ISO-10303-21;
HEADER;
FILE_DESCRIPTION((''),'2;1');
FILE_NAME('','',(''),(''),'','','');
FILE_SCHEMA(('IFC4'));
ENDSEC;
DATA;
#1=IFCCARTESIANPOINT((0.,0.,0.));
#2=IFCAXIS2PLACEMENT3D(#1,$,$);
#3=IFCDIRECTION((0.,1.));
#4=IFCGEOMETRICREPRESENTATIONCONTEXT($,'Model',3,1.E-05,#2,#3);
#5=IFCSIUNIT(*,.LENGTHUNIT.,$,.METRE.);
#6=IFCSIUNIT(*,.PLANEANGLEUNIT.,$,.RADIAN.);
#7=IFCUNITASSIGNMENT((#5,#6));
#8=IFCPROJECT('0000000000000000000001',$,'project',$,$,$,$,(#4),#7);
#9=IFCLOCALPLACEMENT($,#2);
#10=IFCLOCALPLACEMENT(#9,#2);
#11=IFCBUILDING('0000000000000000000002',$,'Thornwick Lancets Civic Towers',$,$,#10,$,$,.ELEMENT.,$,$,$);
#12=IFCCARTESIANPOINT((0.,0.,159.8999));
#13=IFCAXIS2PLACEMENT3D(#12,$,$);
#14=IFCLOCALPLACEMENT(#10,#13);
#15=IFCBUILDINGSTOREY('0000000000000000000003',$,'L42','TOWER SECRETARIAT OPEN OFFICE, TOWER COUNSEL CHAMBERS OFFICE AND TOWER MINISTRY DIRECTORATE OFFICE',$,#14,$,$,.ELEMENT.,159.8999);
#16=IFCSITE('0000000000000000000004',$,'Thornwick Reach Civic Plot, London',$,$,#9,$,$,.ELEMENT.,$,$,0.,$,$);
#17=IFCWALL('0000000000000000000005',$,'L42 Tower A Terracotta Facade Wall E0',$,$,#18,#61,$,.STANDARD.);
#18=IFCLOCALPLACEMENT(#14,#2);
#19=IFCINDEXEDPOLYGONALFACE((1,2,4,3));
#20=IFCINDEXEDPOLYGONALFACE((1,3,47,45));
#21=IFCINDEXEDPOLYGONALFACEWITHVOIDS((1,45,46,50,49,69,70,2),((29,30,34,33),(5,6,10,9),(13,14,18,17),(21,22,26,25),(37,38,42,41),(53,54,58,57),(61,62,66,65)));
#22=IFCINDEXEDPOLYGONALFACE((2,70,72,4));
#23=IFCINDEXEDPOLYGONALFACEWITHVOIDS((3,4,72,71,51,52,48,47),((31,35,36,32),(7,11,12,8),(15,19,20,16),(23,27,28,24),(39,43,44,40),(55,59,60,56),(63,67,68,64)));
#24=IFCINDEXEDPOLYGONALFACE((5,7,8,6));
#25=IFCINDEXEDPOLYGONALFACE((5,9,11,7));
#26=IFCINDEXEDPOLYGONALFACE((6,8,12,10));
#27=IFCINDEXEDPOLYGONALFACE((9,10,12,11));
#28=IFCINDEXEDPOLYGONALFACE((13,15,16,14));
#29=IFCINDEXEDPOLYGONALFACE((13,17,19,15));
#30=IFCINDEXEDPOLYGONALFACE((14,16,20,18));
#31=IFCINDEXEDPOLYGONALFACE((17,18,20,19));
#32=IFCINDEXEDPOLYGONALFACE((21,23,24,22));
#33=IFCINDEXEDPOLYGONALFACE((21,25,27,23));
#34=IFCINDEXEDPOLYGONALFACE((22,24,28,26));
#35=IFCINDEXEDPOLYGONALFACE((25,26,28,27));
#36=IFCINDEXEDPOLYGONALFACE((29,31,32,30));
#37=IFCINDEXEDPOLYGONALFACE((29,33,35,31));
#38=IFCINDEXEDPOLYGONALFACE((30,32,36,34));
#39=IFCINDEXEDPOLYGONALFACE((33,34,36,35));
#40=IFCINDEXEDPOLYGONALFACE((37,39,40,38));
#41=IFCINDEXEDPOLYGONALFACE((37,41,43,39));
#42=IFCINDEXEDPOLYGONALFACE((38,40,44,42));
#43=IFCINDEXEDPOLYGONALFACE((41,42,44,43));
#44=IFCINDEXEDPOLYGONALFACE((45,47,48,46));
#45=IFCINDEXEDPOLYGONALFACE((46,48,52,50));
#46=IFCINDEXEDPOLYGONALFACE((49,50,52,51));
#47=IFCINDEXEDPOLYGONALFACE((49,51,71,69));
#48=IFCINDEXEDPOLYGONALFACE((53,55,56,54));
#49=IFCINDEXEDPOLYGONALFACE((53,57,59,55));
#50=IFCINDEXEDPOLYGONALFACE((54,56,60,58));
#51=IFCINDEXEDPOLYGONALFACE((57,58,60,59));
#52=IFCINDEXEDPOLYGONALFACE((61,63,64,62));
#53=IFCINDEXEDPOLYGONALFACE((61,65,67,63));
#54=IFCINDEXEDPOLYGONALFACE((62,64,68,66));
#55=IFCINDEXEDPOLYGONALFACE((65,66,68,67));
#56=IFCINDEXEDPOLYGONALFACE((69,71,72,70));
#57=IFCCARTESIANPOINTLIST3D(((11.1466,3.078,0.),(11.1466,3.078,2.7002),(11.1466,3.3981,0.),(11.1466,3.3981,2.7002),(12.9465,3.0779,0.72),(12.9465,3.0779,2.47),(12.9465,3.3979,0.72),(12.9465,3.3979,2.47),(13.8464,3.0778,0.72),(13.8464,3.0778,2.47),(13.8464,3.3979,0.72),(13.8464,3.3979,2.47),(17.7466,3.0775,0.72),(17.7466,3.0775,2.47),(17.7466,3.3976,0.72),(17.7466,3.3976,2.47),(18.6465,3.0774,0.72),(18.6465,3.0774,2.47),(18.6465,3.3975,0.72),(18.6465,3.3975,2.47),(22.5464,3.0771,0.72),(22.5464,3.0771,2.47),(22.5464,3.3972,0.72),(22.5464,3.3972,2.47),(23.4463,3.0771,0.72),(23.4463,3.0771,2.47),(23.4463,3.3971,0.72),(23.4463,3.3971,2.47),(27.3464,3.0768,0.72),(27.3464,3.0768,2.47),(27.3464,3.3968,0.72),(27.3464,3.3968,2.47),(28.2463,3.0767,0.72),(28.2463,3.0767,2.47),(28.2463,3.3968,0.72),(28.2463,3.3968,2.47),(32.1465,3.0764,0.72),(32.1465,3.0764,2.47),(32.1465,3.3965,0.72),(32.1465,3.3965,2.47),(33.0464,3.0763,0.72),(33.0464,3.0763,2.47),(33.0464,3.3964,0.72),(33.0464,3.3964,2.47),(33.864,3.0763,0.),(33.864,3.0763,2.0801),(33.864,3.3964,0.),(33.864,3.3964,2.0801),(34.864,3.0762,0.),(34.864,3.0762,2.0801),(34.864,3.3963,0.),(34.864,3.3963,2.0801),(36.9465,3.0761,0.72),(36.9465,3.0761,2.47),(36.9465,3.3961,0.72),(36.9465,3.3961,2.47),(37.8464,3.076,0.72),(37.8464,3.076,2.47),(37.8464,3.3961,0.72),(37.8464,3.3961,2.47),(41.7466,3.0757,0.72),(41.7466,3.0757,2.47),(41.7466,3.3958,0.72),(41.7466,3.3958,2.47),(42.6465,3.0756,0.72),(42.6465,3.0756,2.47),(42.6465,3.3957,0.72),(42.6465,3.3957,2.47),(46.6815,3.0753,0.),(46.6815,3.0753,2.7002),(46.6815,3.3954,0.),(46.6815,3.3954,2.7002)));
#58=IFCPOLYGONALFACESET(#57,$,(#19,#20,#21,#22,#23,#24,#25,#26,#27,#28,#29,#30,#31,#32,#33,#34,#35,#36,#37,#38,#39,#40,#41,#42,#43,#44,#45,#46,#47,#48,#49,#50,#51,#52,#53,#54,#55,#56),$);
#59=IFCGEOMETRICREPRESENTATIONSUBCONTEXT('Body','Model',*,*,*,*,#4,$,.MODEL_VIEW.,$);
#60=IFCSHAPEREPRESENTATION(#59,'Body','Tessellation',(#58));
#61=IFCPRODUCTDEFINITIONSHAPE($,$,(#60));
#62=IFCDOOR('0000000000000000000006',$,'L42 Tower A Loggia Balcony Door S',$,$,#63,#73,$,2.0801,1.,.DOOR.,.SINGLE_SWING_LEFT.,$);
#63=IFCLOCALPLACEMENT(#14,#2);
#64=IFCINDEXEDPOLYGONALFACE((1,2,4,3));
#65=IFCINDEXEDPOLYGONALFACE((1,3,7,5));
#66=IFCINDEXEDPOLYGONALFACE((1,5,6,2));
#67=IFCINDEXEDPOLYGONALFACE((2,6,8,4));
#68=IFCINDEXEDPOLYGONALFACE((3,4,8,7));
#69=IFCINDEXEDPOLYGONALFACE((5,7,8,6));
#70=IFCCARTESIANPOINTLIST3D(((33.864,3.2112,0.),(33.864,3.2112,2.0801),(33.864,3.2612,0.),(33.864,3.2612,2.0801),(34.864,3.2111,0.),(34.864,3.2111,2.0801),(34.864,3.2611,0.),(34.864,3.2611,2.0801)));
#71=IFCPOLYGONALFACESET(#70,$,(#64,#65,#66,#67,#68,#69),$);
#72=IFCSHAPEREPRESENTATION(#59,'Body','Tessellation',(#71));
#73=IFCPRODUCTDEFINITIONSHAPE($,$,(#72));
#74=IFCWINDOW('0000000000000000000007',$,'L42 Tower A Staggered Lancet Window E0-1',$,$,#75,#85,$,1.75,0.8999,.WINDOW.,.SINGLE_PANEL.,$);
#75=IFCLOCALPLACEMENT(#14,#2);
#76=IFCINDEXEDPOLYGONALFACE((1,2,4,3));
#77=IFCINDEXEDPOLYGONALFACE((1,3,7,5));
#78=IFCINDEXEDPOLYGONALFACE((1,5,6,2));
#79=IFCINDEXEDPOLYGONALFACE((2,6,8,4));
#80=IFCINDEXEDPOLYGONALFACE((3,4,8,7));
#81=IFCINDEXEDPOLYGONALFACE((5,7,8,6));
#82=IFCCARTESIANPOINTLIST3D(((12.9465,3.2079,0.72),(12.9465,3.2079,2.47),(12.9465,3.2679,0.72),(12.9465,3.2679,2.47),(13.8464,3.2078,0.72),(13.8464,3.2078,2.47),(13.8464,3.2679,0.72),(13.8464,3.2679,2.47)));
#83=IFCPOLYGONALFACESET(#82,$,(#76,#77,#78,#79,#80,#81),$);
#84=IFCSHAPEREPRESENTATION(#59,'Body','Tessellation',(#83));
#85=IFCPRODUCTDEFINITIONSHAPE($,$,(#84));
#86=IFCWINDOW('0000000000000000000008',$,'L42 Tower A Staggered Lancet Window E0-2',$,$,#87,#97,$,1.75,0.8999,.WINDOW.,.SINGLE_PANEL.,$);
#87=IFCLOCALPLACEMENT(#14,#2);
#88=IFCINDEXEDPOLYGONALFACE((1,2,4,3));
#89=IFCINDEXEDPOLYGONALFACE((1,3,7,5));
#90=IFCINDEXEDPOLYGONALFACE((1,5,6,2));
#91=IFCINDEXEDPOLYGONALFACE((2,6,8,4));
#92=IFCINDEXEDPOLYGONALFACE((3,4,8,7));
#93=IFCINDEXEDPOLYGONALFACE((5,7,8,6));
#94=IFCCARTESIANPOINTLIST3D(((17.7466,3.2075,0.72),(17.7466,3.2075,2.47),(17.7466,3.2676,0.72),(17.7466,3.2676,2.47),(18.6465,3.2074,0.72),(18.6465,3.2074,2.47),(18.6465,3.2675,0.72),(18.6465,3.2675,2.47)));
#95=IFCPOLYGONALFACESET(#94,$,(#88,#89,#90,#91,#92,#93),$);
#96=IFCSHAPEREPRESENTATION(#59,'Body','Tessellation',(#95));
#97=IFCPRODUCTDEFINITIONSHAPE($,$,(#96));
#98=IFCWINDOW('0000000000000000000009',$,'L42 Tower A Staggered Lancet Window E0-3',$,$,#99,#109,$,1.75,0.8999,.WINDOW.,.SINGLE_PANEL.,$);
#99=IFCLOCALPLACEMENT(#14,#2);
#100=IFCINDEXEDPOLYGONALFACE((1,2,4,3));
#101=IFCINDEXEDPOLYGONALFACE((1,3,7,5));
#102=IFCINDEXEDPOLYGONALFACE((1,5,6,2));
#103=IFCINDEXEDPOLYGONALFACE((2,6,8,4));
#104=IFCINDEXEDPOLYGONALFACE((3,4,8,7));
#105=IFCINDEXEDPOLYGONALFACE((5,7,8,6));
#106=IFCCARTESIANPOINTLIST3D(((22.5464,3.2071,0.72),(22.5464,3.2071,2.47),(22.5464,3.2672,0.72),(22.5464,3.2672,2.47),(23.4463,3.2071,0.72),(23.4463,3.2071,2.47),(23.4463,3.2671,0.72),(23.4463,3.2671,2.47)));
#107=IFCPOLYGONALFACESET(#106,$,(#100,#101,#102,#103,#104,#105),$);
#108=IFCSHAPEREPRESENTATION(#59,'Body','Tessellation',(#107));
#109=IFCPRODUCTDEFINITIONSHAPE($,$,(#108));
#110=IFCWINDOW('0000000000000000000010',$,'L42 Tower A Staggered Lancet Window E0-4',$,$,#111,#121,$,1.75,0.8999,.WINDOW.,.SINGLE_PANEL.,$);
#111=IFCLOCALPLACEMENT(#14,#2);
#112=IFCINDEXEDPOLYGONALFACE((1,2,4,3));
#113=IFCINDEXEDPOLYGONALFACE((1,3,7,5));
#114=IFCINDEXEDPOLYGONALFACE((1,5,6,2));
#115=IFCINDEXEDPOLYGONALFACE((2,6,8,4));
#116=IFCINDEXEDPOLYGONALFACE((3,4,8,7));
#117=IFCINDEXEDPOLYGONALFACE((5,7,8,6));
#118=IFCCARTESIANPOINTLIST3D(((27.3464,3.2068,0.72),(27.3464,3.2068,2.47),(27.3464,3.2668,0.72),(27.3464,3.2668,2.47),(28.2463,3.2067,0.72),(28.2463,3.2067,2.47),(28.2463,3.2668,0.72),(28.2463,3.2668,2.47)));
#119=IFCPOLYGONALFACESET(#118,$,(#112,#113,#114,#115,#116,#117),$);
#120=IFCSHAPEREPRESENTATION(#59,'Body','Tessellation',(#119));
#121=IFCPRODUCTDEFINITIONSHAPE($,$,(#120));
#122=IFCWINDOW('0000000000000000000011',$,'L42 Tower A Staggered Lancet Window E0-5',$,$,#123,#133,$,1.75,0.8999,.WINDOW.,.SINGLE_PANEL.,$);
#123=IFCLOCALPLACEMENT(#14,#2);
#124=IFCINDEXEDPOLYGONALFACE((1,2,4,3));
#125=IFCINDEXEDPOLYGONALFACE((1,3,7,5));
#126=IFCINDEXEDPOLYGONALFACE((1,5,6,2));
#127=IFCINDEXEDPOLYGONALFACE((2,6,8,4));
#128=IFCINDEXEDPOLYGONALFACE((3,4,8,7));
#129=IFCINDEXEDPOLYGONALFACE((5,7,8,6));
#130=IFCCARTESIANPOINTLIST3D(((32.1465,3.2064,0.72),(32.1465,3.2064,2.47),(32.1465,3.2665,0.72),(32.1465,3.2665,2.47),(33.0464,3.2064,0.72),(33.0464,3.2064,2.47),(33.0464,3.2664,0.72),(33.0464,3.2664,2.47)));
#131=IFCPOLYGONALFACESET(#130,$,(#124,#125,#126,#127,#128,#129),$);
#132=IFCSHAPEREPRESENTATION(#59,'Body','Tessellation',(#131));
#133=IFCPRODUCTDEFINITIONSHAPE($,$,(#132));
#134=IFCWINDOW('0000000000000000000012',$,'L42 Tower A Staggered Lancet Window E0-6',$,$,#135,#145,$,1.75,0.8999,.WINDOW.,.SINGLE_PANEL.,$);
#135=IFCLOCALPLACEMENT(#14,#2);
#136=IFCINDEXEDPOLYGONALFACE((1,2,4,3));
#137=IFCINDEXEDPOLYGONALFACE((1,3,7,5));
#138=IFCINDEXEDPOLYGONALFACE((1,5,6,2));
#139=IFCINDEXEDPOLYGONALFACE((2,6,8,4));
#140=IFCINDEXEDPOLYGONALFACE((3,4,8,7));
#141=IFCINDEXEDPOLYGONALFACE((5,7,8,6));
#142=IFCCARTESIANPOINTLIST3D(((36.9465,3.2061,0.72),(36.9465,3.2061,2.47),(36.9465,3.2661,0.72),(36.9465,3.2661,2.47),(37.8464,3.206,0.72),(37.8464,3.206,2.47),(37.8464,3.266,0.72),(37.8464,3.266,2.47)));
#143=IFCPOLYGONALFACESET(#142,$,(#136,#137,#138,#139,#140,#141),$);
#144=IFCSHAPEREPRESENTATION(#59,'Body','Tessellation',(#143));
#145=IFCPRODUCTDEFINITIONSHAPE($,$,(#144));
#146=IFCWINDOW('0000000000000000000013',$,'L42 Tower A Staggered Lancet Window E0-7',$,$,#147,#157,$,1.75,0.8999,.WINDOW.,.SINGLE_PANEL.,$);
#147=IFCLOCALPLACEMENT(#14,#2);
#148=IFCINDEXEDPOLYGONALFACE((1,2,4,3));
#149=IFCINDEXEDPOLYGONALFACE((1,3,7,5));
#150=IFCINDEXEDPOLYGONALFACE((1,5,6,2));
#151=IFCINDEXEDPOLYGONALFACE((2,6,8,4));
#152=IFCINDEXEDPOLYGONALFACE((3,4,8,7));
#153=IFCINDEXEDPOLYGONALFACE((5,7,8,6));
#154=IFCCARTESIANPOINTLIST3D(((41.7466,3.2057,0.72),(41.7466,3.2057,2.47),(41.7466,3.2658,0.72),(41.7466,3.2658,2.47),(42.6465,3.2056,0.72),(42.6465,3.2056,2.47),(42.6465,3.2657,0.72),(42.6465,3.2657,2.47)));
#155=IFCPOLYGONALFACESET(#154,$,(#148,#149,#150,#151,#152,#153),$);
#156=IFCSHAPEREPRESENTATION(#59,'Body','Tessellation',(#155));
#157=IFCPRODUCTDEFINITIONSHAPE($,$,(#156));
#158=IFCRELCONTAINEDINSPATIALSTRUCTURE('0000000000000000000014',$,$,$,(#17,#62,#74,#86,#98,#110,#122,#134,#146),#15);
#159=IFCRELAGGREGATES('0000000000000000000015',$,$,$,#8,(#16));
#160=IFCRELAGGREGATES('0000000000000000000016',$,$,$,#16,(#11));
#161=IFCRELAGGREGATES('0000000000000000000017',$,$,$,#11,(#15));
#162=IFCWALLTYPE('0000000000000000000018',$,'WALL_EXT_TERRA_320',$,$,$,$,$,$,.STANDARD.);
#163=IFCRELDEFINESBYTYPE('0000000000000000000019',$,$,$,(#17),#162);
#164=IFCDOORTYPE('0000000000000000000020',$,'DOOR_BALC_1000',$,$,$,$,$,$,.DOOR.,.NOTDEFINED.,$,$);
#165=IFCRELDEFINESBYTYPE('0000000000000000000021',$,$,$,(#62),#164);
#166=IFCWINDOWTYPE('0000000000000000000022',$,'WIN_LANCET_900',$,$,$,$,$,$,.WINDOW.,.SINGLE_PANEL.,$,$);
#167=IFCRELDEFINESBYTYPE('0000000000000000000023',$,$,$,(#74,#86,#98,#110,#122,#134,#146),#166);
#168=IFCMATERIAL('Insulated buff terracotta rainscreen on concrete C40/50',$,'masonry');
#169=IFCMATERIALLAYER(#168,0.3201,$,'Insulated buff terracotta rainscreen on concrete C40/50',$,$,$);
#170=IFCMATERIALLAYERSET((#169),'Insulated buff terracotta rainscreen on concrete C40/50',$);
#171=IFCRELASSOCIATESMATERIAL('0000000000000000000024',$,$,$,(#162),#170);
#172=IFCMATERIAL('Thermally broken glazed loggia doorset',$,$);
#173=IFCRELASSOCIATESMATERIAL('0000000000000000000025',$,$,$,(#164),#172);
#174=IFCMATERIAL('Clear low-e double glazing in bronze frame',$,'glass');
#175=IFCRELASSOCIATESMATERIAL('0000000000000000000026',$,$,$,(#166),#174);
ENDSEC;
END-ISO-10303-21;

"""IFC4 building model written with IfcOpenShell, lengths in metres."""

from ifc_helpers import new_model, si_unit, direction, frame, frame_2d, origin, place, context, subcontext, project, spatial, rectangle, extrude, material, layer, layer_set, type_object, element, fill, save


model = new_model("IFC4")

# Units and contexts
model_context = context("Model", 3, precision=1e-05, world=origin(), true_north=direction((0.0, 1.0)))
body_context = subcontext(model_context, "Body", "Model", "MODEL_VIEW")
ifc_project = project(units=[si_unit("LENGTHUNIT", "METRE"), si_unit("PLANEANGLEUNIT", "RADIAN")], contexts=[model_context])

# Site, building, storey
site_placement = place(None, origin())
site = spatial("IfcSite", under=ifc_project, at=site_placement, Name="Thornwick Reach Civic Plot, London", CompositionType="ELEMENT", RefElevation=0.0)
building_placement = place(site_placement, origin())
building = spatial("IfcBuilding", under=site, at=building_placement, Name="Thornwick Lancets Civic Towers", CompositionType="ELEMENT")
storey_placement = place(building_placement, frame((0.0, 0.0, 159.8999)))
storey = spatial("IfcBuildingStorey", under=building, at=storey_placement, Name="L42", Description="TOWER SECRETARIAT OPEN OFFICE, TOWER COUNSEL CHAMBERS OFFICE AND TOWER MINISTRY DIRECTORATE OFFICE", CompositionType="ELEMENT", Elevation=159.8999)

# Wall, openings, door, windows
ifc_material_1 = material(Name="Insulated buff terracotta rainscreen on concrete C40/50", Category="masonry")
ifc_layer_1 = layer(ifc_material_1, 0.3201, Name="Insulated buff terracotta rainscreen on concrete C40/50")
ifc_layer_set_1 = layer_set([ifc_layer_1], Name="Insulated buff terracotta rainscreen on concrete C40/50")
wall_type_1 = type_object("IfcWallType", Name="WALL_EXT_TERRA_320", PredefinedType="STANDARD", material=ifc_layer_set_1)
wall_1_placement = place(storey_placement, frame((11.1465, 3.238, 0.0), z_axis=(0.0, 0.0, 1.0), x_axis=(1.0, -0.000076, 0.0)))
wall_1 = element("IfcWall", 1, at=wall_1_placement, inside=storey, type_object=wall_type_1, Name="L42 Tower A Terracotta Facade Wall E0", PredefinedType="STANDARD", context=body_context, shape_type="SweptSolid", body=[
    extrude(rectangle(XDim=35.5349, YDim=0.3201, at=frame_2d((17.7676, 0.0))), origin(), (0.0, 0.0, 1.0), 2.7002),
])
opening_1_placement = place(wall_1_placement, frame((22.7175, 0.0, 0.0)))
opening_1 = element("IfcOpeningElement", 2, at=opening_1_placement, cuts=wall_1, PredefinedType="OPENING", context=body_context, shape_type="SweptSolid", body=[
    extrude(rectangle(XDim=1.0, YDim=2.0801, at=frame_2d((0.5, 1.04))), frame((0.0, 0.1699, 0.0), z_axis=(0.0, -1.0, 0.0), x_axis=(1.0, 0.0, 0.0)), (0.0, 0.0, 1.0), 0.3401),
])
opening_2_placement = place(wall_1_placement, frame((1.8, 0.0, 0.72)))
opening_2 = element("IfcOpeningElement", 3, at=opening_2_placement, cuts=wall_1, PredefinedType="OPENING", context=body_context, shape_type="SweptSolid", body=[
    extrude(rectangle(XDim=0.8999, YDim=1.75, at=frame_2d((0.45, 0.875))), frame((0.0, 0.1699, 0.0), z_axis=(0.0, -1.0, 0.0), x_axis=(1.0, 0.0, 0.0)), (0.0, 0.0, 1.0), 0.3401),
])
opening_3_placement = place(wall_1_placement, frame((6.6001, 0.0, 0.72)))
opening_3 = element("IfcOpeningElement", 4, at=opening_3_placement, cuts=wall_1, PredefinedType="OPENING", context=body_context, shape_type="SweptSolid", body=[
    extrude(rectangle(XDim=0.8999, YDim=1.75, at=frame_2d((0.45, 0.875))), frame((0.0, 0.1699, 0.0), z_axis=(0.0, -1.0, 0.0), x_axis=(1.0, 0.0, 0.0)), (0.0, 0.0, 1.0), 0.3401),
])
opening_4_placement = place(wall_1_placement, frame((11.3999, 0.0, 0.72)))
opening_4 = element("IfcOpeningElement", 5, at=opening_4_placement, cuts=wall_1, PredefinedType="OPENING", context=body_context, shape_type="SweptSolid", body=[
    extrude(rectangle(XDim=0.8999, YDim=1.75, at=frame_2d((0.45, 0.875))), frame((0.0, 0.1699, 0.0), z_axis=(0.0, -1.0, 0.0), x_axis=(1.0, 0.0, 0.0)), (0.0, 0.0, 1.0), 0.3401),
])
opening_5_placement = place(wall_1_placement, frame((16.2, 0.0, 0.72)))
opening_5 = element("IfcOpeningElement", 6, at=opening_5_placement, cuts=wall_1, PredefinedType="OPENING", context=body_context, shape_type="SweptSolid", body=[
    extrude(rectangle(XDim=0.8999, YDim=1.75, at=frame_2d((0.45, 0.875))), frame((0.0, 0.1699, 0.0), z_axis=(0.0, -1.0, 0.0), x_axis=(1.0, 0.0, 0.0)), (0.0, 0.0, 1.0), 0.3401),
])
opening_6_placement = place(wall_1_placement, frame((21.0, 0.0, 0.72)))
opening_6 = element("IfcOpeningElement", 7, at=opening_6_placement, cuts=wall_1, PredefinedType="OPENING", context=body_context, shape_type="SweptSolid", body=[
    extrude(rectangle(XDim=0.8999, YDim=1.75, at=frame_2d((0.45, 0.875))), frame((0.0, 0.1699, 0.0), z_axis=(0.0, -1.0, 0.0), x_axis=(1.0, 0.0, 0.0)), (0.0, 0.0, 1.0), 0.3401),
])
opening_7_placement = place(wall_1_placement, frame((25.8, 0.0, 0.72)))
opening_7 = element("IfcOpeningElement", 8, at=opening_7_placement, cuts=wall_1, PredefinedType="OPENING", context=body_context, shape_type="SweptSolid", body=[
    extrude(rectangle(XDim=0.8999, YDim=1.75, at=frame_2d((0.45, 0.875))), frame((0.0, 0.1699, 0.0), z_axis=(0.0, -1.0, 0.0), x_axis=(1.0, 0.0, 0.0)), (0.0, 0.0, 1.0), 0.3401),
])
opening_8_placement = place(wall_1_placement, frame((30.6001, 0.0, 0.72)))
opening_8 = element("IfcOpeningElement", 9, at=opening_8_placement, cuts=wall_1, PredefinedType="OPENING", context=body_context, shape_type="SweptSolid", body=[
    extrude(rectangle(XDim=0.8999, YDim=1.75, at=frame_2d((0.45, 0.875))), frame((0.0, 0.1699, 0.0), z_axis=(0.0, -1.0, 0.0), x_axis=(1.0, 0.0, 0.0)), (0.0, 0.0, 1.0), 0.3401),
])
ifc_material_2 = material(Name="Thermally broken glazed loggia doorset")
door_type = type_object("IfcDoorType", Name="DOOR_BALC_1000", OperationType="NOTDEFINED", PredefinedType="DOOR", material=ifc_material_2)
door_placement = place(opening_1_placement, origin())
door = element("IfcDoor", 10, at=door_placement, inside=storey, type_object=door_type, Name="L42 Tower A Loggia Balcony Door S", OperationType="SINGLE_SWING_LEFT", OverallHeight=2.0801, OverallWidth=1.0, PredefinedType="DOOR", context=body_context, shape_type="SweptSolid", body=[
    extrude(rectangle(XDim=1.0, YDim=2.0801, at=frame_2d((0.5, 1.04))), frame((0.0, 0.0249, 0.0), z_axis=(0.0, -1.0, 0.0), x_axis=(1.0, 0.0, 0.0)), (0.0, 0.0, 1.0), 0.05),
])
fill(opening_1, door)
ifc_material_3 = material(Name="Clear low-e double glazing in bronze frame", Category="glass")
window_type = type_object("IfcWindowType", Name="WIN_LANCET_900", PartitioningType="SINGLE_PANEL", PredefinedType="WINDOW", material=ifc_material_3)
window_1_placement = place(opening_2_placement, origin())
window_1 = element("IfcWindow", 11, at=window_1_placement, inside=storey, type_object=window_type, Name="L42 Tower A Staggered Lancet Window E0-1", OverallHeight=1.75, OverallWidth=0.8999, PartitioningType="SINGLE_PANEL", PredefinedType="WINDOW", context=body_context, shape_type="SweptSolid", body=[
    extrude(rectangle(XDim=0.8999, YDim=1.75, at=frame_2d((0.45, 0.875))), frame((0.0, 0.03, 0.0), z_axis=(0.0, -1.0, 0.0), x_axis=(1.0, 0.0, 0.0)), (0.0, 0.0, 1.0), 0.0601),
])
fill(opening_2, window_1)
window_2_placement = place(opening_3_placement, origin())
window_2 = element("IfcWindow", 12, at=window_2_placement, inside=storey, type_object=window_type, Name="L42 Tower A Staggered Lancet Window E0-2", OverallHeight=1.75, OverallWidth=0.8999, PartitioningType="SINGLE_PANEL", PredefinedType="WINDOW", context=body_context, shape_type="SweptSolid", body=[
    extrude(rectangle(XDim=0.8999, YDim=1.75, at=frame_2d((0.45, 0.875))), frame((0.0, 0.03, 0.0), z_axis=(0.0, -1.0, 0.0), x_axis=(1.0, 0.0, 0.0)), (0.0, 0.0, 1.0), 0.0601),
])
fill(opening_3, window_2)
window_3_placement = place(opening_4_placement, origin())
window_3 = element("IfcWindow", 13, at=window_3_placement, inside=storey, type_object=window_type, Name="L42 Tower A Staggered Lancet Window E0-3", OverallHeight=1.75, OverallWidth=0.8999, PartitioningType="SINGLE_PANEL", PredefinedType="WINDOW", context=body_context, shape_type="SweptSolid", body=[
    extrude(rectangle(XDim=0.8999, YDim=1.75, at=frame_2d((0.45, 0.875))), frame((0.0, 0.03, 0.0), z_axis=(0.0, -1.0, 0.0), x_axis=(1.0, 0.0, 0.0)), (0.0, 0.0, 1.0), 0.0601),
])
fill(opening_4, window_3)
window_4_placement = place(opening_5_placement, origin())
window_4 = element("IfcWindow", 14, at=window_4_placement, inside=storey, type_object=window_type, Name="L42 Tower A Staggered Lancet Window E0-4", OverallHeight=1.75, OverallWidth=0.8999, PartitioningType="SINGLE_PANEL", PredefinedType="WINDOW", context=body_context, shape_type="SweptSolid", body=[
    extrude(rectangle(XDim=0.8999, YDim=1.75, at=frame_2d((0.45, 0.875))), frame((0.0, 0.03, 0.0), z_axis=(0.0, -1.0, 0.0), x_axis=(1.0, 0.0, 0.0)), (0.0, 0.0, 1.0), 0.0601),
])
fill(opening_5, window_4)
window_5_placement = place(opening_6_placement, origin())
window_5 = element("IfcWindow", 15, at=window_5_placement, inside=storey, type_object=window_type, Name="L42 Tower A Staggered Lancet Window E0-5", OverallHeight=1.75, OverallWidth=0.8999, PartitioningType="SINGLE_PANEL", PredefinedType="WINDOW", context=body_context, shape_type="SweptSolid", body=[
    extrude(rectangle(XDim=0.8999, YDim=1.75, at=frame_2d((0.45, 0.875))), frame((0.0, 0.03, 0.0), z_axis=(0.0, -1.0, 0.0), x_axis=(1.0, 0.0, 0.0)), (0.0, 0.0, 1.0), 0.0601),
])
fill(opening_6, window_5)
window_6_placement = place(opening_7_placement, origin())
window_6 = element("IfcWindow", 16, at=window_6_placement, inside=storey, type_object=window_type, Name="L42 Tower A Staggered Lancet Window E0-6", OverallHeight=1.75, OverallWidth=0.8999, PartitioningType="SINGLE_PANEL", PredefinedType="WINDOW", context=body_context, shape_type="SweptSolid", body=[
    extrude(rectangle(XDim=0.8999, YDim=1.75, at=frame_2d((0.45, 0.875))), frame((0.0, 0.03, 0.0), z_axis=(0.0, -1.0, 0.0), x_axis=(1.0, 0.0, 0.0)), (0.0, 0.0, 1.0), 0.0601),
])
fill(opening_7, window_6)
window_7_placement = place(opening_8_placement, origin())
window_7 = element("IfcWindow", 17, at=window_7_placement, inside=storey, type_object=window_type, Name="L42 Tower A Staggered Lancet Window E0-7", OverallHeight=1.75, OverallWidth=0.8999, PartitioningType="SINGLE_PANEL", PredefinedType="WINDOW", context=body_context, shape_type="SweptSolid", body=[
    extrude(rectangle(XDim=0.8999, YDim=1.75, at=frame_2d((0.45, 0.875))), frame((0.0, 0.03, 0.0), z_axis=(0.0, -1.0, 0.0), x_axis=(1.0, 0.0, 0.0)), (0.0, 0.0, 1.0), 0.0601),
])
fill(opening_8, window_7)

save(model, "model.ifc")
